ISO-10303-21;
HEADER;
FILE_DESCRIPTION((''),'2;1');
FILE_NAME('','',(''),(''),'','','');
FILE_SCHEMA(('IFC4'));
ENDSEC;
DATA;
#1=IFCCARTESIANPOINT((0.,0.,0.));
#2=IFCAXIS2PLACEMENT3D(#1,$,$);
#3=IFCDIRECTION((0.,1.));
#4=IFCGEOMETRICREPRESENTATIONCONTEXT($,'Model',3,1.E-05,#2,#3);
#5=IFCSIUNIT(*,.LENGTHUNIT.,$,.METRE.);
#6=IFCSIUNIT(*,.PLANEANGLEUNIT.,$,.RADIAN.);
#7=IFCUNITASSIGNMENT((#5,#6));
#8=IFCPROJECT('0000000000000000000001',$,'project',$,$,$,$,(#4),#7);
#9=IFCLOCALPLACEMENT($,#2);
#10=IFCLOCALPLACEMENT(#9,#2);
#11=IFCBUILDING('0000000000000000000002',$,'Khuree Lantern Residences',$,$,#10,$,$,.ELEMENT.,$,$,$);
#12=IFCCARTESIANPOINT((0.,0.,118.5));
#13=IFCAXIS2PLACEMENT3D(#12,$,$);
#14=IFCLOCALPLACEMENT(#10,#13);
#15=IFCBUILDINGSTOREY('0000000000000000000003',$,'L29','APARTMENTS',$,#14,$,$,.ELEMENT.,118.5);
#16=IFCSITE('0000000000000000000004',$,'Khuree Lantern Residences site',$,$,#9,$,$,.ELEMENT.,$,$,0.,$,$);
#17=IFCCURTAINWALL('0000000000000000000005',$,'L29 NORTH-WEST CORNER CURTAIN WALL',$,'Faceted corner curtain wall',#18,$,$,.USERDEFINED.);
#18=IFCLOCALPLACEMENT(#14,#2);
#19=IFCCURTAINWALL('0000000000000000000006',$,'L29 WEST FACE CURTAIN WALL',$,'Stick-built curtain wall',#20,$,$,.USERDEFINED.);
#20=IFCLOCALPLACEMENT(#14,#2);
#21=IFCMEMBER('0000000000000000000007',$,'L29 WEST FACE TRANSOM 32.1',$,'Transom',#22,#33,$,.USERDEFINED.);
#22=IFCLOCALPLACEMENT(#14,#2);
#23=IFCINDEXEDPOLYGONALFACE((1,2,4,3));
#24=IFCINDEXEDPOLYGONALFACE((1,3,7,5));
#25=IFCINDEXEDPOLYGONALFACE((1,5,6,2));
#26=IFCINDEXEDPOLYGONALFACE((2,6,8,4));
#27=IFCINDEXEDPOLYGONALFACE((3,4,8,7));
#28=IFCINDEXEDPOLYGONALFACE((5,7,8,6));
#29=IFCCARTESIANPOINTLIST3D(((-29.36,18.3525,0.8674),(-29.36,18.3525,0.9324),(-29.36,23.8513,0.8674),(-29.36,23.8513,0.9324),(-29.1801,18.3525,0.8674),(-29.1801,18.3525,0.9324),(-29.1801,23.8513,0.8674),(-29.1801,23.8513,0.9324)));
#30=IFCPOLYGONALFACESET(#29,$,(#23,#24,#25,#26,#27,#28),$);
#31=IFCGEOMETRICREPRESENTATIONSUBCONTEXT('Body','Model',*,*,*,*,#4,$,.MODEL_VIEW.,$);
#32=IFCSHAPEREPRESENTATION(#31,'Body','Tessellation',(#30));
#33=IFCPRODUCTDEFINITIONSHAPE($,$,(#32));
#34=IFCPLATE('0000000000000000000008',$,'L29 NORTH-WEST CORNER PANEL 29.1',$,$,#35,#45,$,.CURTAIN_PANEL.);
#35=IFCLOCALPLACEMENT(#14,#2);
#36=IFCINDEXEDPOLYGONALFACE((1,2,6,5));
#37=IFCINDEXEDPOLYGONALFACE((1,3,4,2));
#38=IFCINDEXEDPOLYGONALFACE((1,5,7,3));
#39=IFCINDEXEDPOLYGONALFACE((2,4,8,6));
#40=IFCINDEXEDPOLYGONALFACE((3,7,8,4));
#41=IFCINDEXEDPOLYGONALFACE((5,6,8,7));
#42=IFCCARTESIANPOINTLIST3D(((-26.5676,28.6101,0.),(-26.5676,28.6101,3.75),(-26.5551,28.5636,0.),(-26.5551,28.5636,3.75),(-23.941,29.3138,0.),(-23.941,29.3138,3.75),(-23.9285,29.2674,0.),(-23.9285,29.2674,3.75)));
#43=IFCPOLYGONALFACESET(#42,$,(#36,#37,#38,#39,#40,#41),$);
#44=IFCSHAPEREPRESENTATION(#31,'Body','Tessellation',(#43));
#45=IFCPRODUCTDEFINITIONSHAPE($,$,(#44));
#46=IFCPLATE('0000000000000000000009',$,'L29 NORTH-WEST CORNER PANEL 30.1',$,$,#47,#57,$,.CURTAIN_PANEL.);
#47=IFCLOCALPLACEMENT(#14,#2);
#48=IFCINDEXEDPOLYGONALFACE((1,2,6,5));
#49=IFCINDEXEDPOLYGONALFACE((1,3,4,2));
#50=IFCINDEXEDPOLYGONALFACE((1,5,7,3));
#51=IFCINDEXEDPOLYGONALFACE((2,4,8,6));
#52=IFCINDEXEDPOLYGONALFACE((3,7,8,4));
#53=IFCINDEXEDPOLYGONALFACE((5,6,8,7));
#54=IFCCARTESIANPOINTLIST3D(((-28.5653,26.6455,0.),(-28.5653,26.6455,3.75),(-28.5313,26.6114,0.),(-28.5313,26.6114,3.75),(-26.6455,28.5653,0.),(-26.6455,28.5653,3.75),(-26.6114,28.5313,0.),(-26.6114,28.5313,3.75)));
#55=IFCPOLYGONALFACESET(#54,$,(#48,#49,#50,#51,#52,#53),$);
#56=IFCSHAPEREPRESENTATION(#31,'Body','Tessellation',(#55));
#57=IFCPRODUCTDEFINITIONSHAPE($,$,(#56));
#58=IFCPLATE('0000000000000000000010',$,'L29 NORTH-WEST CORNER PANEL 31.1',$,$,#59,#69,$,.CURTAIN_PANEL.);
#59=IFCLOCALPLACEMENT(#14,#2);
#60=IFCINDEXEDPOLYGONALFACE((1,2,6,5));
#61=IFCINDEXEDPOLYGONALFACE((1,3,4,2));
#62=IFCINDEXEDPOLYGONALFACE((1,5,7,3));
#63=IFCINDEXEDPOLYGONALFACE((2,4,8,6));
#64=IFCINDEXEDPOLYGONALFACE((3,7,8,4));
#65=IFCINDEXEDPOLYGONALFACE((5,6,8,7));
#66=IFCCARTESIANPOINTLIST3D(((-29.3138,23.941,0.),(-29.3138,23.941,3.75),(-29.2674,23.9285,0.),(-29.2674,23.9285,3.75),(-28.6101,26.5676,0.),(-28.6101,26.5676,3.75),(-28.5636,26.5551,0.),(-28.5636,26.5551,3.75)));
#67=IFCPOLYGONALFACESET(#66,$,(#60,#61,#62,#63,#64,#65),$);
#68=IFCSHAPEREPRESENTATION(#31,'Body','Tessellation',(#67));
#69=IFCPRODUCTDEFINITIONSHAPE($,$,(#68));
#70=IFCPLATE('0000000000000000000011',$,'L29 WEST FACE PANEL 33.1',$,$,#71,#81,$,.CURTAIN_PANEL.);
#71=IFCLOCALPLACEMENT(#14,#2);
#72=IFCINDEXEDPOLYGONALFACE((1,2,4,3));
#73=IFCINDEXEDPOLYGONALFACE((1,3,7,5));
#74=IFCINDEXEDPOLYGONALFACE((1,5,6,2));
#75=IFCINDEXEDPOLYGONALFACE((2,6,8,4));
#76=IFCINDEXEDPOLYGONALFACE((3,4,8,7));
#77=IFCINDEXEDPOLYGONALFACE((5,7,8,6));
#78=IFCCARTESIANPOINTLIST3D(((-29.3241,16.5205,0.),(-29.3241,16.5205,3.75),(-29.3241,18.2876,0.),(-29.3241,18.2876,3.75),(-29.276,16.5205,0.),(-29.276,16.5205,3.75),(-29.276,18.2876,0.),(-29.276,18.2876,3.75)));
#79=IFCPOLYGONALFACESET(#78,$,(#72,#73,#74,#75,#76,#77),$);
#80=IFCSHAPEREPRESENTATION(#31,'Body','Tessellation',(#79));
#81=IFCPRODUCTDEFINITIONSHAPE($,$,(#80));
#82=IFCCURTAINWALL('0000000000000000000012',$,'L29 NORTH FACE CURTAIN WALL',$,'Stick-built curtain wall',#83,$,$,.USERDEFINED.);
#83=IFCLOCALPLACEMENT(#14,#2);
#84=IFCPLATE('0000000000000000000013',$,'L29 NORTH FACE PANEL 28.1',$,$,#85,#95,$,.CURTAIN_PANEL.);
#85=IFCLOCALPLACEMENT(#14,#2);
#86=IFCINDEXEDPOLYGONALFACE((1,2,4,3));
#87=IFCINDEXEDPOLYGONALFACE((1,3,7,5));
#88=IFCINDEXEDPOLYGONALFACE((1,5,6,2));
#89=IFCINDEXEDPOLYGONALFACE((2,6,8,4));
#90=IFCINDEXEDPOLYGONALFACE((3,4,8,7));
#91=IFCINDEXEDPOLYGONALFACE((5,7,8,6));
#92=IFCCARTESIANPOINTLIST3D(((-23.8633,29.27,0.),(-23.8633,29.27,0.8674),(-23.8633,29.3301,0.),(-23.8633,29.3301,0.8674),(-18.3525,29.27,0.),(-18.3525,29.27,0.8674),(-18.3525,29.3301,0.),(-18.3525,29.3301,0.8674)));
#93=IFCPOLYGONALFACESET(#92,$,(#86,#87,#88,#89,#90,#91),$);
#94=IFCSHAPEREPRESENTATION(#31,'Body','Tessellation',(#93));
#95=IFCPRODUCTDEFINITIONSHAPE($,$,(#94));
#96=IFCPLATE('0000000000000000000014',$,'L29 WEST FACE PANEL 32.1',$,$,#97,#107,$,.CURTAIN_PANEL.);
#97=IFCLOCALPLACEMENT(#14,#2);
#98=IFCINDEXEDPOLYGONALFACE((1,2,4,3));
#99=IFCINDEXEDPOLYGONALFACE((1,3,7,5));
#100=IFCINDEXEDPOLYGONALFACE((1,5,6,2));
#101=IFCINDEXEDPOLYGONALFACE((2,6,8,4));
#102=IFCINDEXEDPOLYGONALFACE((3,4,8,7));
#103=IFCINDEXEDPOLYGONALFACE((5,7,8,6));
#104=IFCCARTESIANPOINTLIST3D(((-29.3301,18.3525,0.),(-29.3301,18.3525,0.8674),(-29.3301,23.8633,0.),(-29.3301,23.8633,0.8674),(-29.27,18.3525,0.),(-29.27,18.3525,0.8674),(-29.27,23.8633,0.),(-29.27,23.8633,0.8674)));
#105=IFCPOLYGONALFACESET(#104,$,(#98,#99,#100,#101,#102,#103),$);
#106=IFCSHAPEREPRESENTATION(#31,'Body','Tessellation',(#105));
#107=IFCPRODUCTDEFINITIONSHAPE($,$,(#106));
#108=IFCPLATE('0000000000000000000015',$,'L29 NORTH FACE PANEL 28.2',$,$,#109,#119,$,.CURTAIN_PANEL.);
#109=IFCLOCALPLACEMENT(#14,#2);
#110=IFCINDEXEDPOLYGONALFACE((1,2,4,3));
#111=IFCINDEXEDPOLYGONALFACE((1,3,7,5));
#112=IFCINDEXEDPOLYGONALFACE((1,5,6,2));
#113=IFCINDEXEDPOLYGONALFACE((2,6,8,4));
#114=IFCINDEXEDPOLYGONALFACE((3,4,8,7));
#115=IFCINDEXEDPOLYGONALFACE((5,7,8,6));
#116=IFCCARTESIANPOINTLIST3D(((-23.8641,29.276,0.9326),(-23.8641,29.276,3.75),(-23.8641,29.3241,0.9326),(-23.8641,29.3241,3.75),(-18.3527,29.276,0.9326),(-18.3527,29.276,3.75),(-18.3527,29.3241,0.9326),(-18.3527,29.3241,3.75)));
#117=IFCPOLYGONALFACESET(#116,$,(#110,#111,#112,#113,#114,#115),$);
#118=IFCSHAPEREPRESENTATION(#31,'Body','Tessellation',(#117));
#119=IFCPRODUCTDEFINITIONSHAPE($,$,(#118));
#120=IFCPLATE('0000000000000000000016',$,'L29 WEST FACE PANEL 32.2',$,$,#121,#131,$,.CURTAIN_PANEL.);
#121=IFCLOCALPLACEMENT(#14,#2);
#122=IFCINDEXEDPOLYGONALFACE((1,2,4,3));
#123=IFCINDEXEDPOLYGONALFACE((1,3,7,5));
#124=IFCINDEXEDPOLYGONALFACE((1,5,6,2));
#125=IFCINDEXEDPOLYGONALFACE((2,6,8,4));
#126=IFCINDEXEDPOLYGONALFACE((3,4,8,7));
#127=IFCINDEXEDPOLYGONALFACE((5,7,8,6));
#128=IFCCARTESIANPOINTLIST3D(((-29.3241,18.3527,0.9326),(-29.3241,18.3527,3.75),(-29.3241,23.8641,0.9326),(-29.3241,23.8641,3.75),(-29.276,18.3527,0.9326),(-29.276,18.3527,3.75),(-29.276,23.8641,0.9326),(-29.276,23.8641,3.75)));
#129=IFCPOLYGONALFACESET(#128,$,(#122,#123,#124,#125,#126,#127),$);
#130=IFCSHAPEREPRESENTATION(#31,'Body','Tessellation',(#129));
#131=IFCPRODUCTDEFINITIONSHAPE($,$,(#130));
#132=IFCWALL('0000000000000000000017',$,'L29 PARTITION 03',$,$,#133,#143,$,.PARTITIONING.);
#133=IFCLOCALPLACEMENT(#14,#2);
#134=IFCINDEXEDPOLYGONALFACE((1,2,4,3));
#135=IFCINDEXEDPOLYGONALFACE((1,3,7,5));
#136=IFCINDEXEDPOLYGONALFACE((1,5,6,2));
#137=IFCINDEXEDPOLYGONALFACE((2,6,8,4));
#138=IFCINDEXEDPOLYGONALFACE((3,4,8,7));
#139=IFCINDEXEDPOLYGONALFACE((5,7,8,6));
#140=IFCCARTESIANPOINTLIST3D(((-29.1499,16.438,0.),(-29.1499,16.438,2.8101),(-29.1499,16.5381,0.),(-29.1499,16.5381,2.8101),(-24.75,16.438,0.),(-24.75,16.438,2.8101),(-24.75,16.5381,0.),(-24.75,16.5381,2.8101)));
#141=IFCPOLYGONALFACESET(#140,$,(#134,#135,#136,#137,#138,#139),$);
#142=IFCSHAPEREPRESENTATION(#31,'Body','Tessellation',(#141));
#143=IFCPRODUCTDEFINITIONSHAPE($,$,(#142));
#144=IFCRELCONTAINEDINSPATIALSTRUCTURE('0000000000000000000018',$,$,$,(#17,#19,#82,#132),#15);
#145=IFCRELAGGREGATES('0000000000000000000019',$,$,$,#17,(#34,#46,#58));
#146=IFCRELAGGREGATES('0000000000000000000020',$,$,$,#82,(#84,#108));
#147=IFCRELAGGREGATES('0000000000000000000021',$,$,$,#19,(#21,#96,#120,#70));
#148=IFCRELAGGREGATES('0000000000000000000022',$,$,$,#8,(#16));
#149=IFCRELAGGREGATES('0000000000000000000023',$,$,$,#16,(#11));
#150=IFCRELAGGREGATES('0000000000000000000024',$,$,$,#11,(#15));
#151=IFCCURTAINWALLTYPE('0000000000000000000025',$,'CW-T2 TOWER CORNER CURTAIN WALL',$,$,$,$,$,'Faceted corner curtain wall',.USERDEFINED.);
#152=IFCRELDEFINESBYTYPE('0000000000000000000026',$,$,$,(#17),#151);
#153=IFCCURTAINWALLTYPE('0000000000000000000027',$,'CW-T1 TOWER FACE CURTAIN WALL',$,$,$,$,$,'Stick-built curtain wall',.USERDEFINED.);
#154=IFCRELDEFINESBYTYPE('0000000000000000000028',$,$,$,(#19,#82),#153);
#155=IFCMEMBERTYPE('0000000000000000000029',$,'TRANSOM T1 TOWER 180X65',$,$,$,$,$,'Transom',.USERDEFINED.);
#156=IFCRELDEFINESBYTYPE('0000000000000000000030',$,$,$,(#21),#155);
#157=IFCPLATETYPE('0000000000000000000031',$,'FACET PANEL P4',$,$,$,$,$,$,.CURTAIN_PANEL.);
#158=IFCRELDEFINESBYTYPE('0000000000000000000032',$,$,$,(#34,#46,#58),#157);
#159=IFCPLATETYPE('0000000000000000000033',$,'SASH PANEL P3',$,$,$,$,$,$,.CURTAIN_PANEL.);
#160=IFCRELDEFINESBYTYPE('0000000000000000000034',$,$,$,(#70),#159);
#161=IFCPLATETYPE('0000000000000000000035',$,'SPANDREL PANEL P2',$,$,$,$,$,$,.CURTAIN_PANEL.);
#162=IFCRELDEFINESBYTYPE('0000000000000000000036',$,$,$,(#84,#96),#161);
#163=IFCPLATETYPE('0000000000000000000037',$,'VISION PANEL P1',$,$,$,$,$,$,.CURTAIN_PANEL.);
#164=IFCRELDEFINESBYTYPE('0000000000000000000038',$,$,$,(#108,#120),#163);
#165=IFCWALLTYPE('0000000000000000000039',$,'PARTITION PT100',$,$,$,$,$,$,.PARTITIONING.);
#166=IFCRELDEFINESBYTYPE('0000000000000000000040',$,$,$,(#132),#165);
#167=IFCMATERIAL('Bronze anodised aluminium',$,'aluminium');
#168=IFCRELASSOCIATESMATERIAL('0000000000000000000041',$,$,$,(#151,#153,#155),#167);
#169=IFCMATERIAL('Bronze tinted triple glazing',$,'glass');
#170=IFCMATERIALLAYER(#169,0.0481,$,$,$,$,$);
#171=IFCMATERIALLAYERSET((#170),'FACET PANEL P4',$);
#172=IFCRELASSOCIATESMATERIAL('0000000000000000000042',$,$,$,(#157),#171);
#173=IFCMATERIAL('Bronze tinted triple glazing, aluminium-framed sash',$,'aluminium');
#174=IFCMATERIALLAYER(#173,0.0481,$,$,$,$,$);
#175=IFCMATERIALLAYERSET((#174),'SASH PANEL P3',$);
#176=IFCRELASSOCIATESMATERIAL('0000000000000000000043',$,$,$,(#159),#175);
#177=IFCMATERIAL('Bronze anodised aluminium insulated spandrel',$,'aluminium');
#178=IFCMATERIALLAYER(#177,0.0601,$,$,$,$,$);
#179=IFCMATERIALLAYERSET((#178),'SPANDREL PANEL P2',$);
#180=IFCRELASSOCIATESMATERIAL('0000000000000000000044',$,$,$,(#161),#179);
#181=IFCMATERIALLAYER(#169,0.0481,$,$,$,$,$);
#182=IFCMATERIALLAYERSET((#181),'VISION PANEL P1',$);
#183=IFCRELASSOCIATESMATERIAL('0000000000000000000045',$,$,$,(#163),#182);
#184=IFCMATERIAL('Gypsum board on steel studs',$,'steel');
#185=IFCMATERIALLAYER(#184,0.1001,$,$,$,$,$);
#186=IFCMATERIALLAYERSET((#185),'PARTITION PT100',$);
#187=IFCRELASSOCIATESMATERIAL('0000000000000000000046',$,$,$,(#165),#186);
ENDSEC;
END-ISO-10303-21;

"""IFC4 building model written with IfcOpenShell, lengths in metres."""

from ifc_helpers import new_model, si_unit, direction, frame, frame_2d, origin, origin_2d, place, context, subcontext, project, spatial, rectangle, extrude, material, layer, layer_set, material_profile, profile_set, type_object, element, aggregate, save


model = new_model("IFC4")

# Units and contexts
model_context = context("Model", 3, precision=1e-05, world=origin(), true_north=direction((0.0, 1.0)))
body_context = subcontext(model_context, "Body", "Model", "MODEL_VIEW")
ifc_project = project(units=[si_unit("LENGTHUNIT", "METRE"), si_unit("PLANEANGLEUNIT", "RADIAN")], contexts=[model_context])

# Site, building, storey
site_placement = place(None, origin())
site = spatial("IfcSite", under=ifc_project, at=site_placement, Name="Khuree Lantern Residences site", CompositionType="ELEMENT", RefElevation=0.0)
building_placement = place(site_placement, origin())
building = spatial("IfcBuilding", under=site, at=building_placement, Name="Khuree Lantern Residences", CompositionType="ELEMENT")
storey_placement = place(building_placement, frame((0.0, 0.0, 118.5)))
storey = spatial("IfcBuildingStorey", under=building, at=storey_placement, Name="L29", Description="APARTMENTS", CompositionType="ELEMENT", Elevation=118.5)

# Curtain walls
ifc_material_1 = material(Name="Bronze anodised aluminium", Category="aluminium")
curtain_wall_type_1 = type_object("IfcCurtainWallType", Name="CW-T2 TOWER CORNER CURTAIN WALL", ElementType="Faceted corner curtain wall", PredefinedType="USERDEFINED", material=ifc_material_1)
curtain_wall_1_placement = place(storey_placement, origin())
curtain_wall_1 = element("IfcCurtainWall", 1, at=curtain_wall_1_placement, inside=storey, type_object=curtain_wall_type_1, Name="L29 NORTH-WEST CORNER CURTAIN WALL", ObjectType="Faceted corner curtain wall", PredefinedType="USERDEFINED")
curtain_wall_type_2 = type_object("IfcCurtainWallType", Name="CW-T1 TOWER FACE CURTAIN WALL", ElementType="Stick-built curtain wall", PredefinedType="USERDEFINED", material=ifc_material_1)
curtain_wall_2_placement = place(storey_placement, origin())
curtain_wall_2 = element("IfcCurtainWall", 2, at=curtain_wall_2_placement, inside=storey, type_object=curtain_wall_type_2, Name="L29 WEST FACE CURTAIN WALL", ObjectType="Stick-built curtain wall", PredefinedType="USERDEFINED")

# Member
ifc_material_profile_1 = material_profile(ifc_material_1, rectangle(XDim=0.1799, YDim=0.0649, at=origin_2d()), Name="T1 180X65")
ifc_profile_set_1 = profile_set([ifc_material_profile_1], Name="Bronze anodised aluminium")
member_type_1 = type_object("IfcMemberType", Name="TRANSOM T1 TOWER 180X65", ElementType="Transom", PredefinedType="USERDEFINED", material=ifc_profile_set_1)
member_1_placement = place(storey_placement, frame((-29.27, 23.8513, 0.8999), z_axis=(0.0, -1.0, 0.0), x_axis=(1.0, 0.0, 0.0)))
member_1 = element("IfcMember", 3, at=member_1_placement, type_object=member_type_1, Name="L29 WEST FACE TRANSOM 32.1", ObjectType="Transom", PredefinedType="USERDEFINED", context=body_context, shape_type="SweptSolid", body=[
    extrude(rectangle(XDim=0.1799, YDim=0.0649, at=origin_2d()), origin(), (0.0, 0.0, 1.0), 5.4988),
])

# Plates
ifc_material_2 = material(Name="Bronze tinted triple glazing", Category="glass")
ifc_layer_1 = layer(ifc_material_2, 0.0481)
ifc_layer_set_1 = layer_set([ifc_layer_1], Name="FACET PANEL P4")
plate_type_1 = type_object("IfcPlateType", Name="FACET PANEL P4", PredefinedType="CURTAIN_PANEL", material=ifc_layer_set_1)
plate_1_placement = place(storey_placement, frame((-25.248, 28.9387, 0.0), z_axis=(0.0, 0.0, 1.0), x_axis=(-0.965926, -0.258819, 0.0)))
plate_1 = element("IfcPlate", 4, at=plate_1_placement, type_object=plate_type_1, Name="L29 NORTH-WEST CORNER PANEL 29.1", PredefinedType="CURTAIN_PANEL", context=body_context, shape_type="SweptSolid", body=[
    extrude(rectangle(XDim=2.7192, YDim=0.0481, at=origin_2d()), origin(), (0.0, 0.0, 1.0), 3.75),
])
plate_2_placement = place(storey_placement, frame((-27.5884, 27.5884, 0.0), z_axis=(0.0, 0.0, 1.0), x_axis=(-0.707107, -0.707107, 0.0)))
plate_2 = element("IfcPlate", 5, at=plate_2_placement, type_object=plate_type_1, Name="L29 NORTH-WEST CORNER PANEL 30.1", PredefinedType="CURTAIN_PANEL", context=body_context, shape_type="SweptSolid", body=[
    extrude(rectangle(XDim=2.7151, YDim=0.0481, at=origin_2d()), origin(), (0.0, 0.0, 1.0), 3.75),
])
plate_3_placement = place(storey_placement, frame((-28.9387, 25.248, 0.0), z_axis=(0.0, 0.0, 1.0), x_axis=(-0.258819, -0.965926, 0.0)))
plate_3 = element("IfcPlate", 6, at=plate_3_placement, type_object=plate_type_1, Name="L29 NORTH-WEST CORNER PANEL 31.1", PredefinedType="CURTAIN_PANEL", context=body_context, shape_type="SweptSolid", body=[
    extrude(rectangle(XDim=2.7192, YDim=0.0481, at=origin_2d()), origin(), (0.0, 0.0, 1.0), 3.75),
])
aggregate(curtain_wall_1, [plate_1, plate_2, plate_3])
ifc_material_3 = material(Name="Bronze tinted triple glazing, aluminium-framed sash", Category="aluminium")
ifc_layer_2 = layer(ifc_material_3, 0.0481)
ifc_layer_set_2 = layer_set([ifc_layer_2], Name="SASH PANEL P3")
plate_type_2 = type_object("IfcPlateType", Name="SASH PANEL P3", PredefinedType="CURTAIN_PANEL", material=ifc_layer_set_2)
plate_4_placement = place(storey_placement, frame((-29.3, 17.4041, 0.0), z_axis=(0.0, 0.0, 1.0), x_axis=(0.0, -1.0, 0.0)))
plate_4 = element("IfcPlate", 7, at=plate_4_placement, type_object=plate_type_2, Name="L29 WEST FACE PANEL 33.1", PredefinedType="CURTAIN_PANEL", context=body_context, shape_type="SweptSolid", body=[
    extrude(rectangle(XDim=1.7671, YDim=0.0481, at=origin_2d()), origin(), (0.0, 0.0, 1.0), 3.75),
])

# Curtain wall, plate
curtain_wall_3_placement = place(storey_placement, origin())
curtain_wall_3 = element("IfcCurtainWall", 8, at=curtain_wall_3_placement, inside=storey, type_object=curtain_wall_type_2, Name="L29 NORTH FACE CURTAIN WALL", ObjectType="Stick-built curtain wall", PredefinedType="USERDEFINED")
ifc_material_4 = material(Name="Bronze anodised aluminium insulated spandrel", Category="aluminium")
ifc_layer_3 = layer(ifc_material_4, 0.0601)
ifc_layer_set_3 = layer_set([ifc_layer_3], Name="SPANDREL PANEL P2")
plate_type_3 = type_object("IfcPlateType", Name="SPANDREL PANEL P2", PredefinedType="CURTAIN_PANEL", material=ifc_layer_set_3)
plate_5_placement = place(storey_placement, frame((-21.1079, 29.3, 0.0), z_axis=(0.0, 0.0, 1.0), x_axis=(-1.0, 0.0, 0.0)))
plate_5 = element("IfcPlate", 9, at=plate_5_placement, type_object=plate_type_3, Name="L29 NORTH FACE PANEL 28.1", PredefinedType="CURTAIN_PANEL", context=body_context, shape_type="SweptSolid", body=[
    extrude(rectangle(XDim=5.5107, YDim=0.0601, at=origin_2d()), origin(), (0.0, 0.0, 1.0), 0.8674),
])

# Plates
plate_6_placement = place(storey_placement, frame((-29.3, 21.1079, 0.0), z_axis=(0.0, 0.0, 1.0), x_axis=(0.0, -1.0, 0.0)))
plate_6 = element("IfcPlate", 10, at=plate_6_placement, type_object=plate_type_3, Name="L29 WEST FACE PANEL 32.1", PredefinedType="CURTAIN_PANEL", context=body_context, shape_type="SweptSolid", body=[
    extrude(rectangle(XDim=5.5107, YDim=0.0601, at=origin_2d()), origin(), (0.0, 0.0, 1.0), 0.8674),
])
ifc_layer_4 = layer(ifc_material_2, 0.0481)
ifc_layer_set_4 = layer_set([ifc_layer_4], Name="VISION PANEL P1")
plate_type_4 = type_object("IfcPlateType", Name="VISION PANEL P1", PredefinedType="CURTAIN_PANEL", material=ifc_layer_set_4)
plate_7_placement = place(storey_placement, frame((-21.1084, 29.3, 0.9326), z_axis=(0.0, 0.0, 1.0), x_axis=(-1.0, 0.0, 0.0)))
plate_7 = element("IfcPlate", 11, at=plate_7_placement, type_object=plate_type_4, Name="L29 NORTH FACE PANEL 28.2", PredefinedType="CURTAIN_PANEL", context=body_context, shape_type="SweptSolid", body=[
    extrude(rectangle(XDim=5.5115, YDim=0.0481, at=origin_2d()), origin(), (0.0, 0.0, 1.0), 2.8174),
])
aggregate(curtain_wall_3, [plate_5, plate_7])
plate_8_placement = place(storey_placement, frame((-29.3, 21.1084, 0.9326), z_axis=(0.0, 0.0, 1.0), x_axis=(0.0, -1.0, 0.0)))
plate_8 = element("IfcPlate", 12, at=plate_8_placement, type_object=plate_type_4, Name="L29 WEST FACE PANEL 32.2", PredefinedType="CURTAIN_PANEL", context=body_context, shape_type="SweptSolid", body=[
    extrude(rectangle(XDim=5.5115, YDim=0.0481, at=origin_2d()), origin(), (0.0, 0.0, 1.0), 2.8174),
])
aggregate(curtain_wall_2, [member_1, plate_6, plate_8, plate_4])

# Wall
ifc_material_5 = material(Name="Gypsum board on steel studs", Category="steel")
ifc_layer_5 = layer(ifc_material_5, 0.1001)
ifc_layer_set_5 = layer_set([ifc_layer_5], Name="PARTITION PT100")
wall_type = type_object("IfcWallType", Name="PARTITION PT100", PredefinedType="PARTITIONING", material=ifc_layer_set_5)
wall_placement = place(storey_placement, frame((-24.75, 16.488, 0.0), z_axis=(0.0, 0.0, 1.0), x_axis=(-1.0, 0.0, 0.0)))
element("IfcWall", 13, at=wall_placement, inside=storey, type_object=wall_type, Name="L29 PARTITION 03", PredefinedType="PARTITIONING", context=body_context, shape_type="SweptSolid", body=[
    extrude(rectangle(XDim=4.3999, YDim=0.1001, at=frame_2d((2.2, 0.0))), origin(), (0.0, 0.0, 1.0), 2.8101),
])

save(model, "model.ifc")
